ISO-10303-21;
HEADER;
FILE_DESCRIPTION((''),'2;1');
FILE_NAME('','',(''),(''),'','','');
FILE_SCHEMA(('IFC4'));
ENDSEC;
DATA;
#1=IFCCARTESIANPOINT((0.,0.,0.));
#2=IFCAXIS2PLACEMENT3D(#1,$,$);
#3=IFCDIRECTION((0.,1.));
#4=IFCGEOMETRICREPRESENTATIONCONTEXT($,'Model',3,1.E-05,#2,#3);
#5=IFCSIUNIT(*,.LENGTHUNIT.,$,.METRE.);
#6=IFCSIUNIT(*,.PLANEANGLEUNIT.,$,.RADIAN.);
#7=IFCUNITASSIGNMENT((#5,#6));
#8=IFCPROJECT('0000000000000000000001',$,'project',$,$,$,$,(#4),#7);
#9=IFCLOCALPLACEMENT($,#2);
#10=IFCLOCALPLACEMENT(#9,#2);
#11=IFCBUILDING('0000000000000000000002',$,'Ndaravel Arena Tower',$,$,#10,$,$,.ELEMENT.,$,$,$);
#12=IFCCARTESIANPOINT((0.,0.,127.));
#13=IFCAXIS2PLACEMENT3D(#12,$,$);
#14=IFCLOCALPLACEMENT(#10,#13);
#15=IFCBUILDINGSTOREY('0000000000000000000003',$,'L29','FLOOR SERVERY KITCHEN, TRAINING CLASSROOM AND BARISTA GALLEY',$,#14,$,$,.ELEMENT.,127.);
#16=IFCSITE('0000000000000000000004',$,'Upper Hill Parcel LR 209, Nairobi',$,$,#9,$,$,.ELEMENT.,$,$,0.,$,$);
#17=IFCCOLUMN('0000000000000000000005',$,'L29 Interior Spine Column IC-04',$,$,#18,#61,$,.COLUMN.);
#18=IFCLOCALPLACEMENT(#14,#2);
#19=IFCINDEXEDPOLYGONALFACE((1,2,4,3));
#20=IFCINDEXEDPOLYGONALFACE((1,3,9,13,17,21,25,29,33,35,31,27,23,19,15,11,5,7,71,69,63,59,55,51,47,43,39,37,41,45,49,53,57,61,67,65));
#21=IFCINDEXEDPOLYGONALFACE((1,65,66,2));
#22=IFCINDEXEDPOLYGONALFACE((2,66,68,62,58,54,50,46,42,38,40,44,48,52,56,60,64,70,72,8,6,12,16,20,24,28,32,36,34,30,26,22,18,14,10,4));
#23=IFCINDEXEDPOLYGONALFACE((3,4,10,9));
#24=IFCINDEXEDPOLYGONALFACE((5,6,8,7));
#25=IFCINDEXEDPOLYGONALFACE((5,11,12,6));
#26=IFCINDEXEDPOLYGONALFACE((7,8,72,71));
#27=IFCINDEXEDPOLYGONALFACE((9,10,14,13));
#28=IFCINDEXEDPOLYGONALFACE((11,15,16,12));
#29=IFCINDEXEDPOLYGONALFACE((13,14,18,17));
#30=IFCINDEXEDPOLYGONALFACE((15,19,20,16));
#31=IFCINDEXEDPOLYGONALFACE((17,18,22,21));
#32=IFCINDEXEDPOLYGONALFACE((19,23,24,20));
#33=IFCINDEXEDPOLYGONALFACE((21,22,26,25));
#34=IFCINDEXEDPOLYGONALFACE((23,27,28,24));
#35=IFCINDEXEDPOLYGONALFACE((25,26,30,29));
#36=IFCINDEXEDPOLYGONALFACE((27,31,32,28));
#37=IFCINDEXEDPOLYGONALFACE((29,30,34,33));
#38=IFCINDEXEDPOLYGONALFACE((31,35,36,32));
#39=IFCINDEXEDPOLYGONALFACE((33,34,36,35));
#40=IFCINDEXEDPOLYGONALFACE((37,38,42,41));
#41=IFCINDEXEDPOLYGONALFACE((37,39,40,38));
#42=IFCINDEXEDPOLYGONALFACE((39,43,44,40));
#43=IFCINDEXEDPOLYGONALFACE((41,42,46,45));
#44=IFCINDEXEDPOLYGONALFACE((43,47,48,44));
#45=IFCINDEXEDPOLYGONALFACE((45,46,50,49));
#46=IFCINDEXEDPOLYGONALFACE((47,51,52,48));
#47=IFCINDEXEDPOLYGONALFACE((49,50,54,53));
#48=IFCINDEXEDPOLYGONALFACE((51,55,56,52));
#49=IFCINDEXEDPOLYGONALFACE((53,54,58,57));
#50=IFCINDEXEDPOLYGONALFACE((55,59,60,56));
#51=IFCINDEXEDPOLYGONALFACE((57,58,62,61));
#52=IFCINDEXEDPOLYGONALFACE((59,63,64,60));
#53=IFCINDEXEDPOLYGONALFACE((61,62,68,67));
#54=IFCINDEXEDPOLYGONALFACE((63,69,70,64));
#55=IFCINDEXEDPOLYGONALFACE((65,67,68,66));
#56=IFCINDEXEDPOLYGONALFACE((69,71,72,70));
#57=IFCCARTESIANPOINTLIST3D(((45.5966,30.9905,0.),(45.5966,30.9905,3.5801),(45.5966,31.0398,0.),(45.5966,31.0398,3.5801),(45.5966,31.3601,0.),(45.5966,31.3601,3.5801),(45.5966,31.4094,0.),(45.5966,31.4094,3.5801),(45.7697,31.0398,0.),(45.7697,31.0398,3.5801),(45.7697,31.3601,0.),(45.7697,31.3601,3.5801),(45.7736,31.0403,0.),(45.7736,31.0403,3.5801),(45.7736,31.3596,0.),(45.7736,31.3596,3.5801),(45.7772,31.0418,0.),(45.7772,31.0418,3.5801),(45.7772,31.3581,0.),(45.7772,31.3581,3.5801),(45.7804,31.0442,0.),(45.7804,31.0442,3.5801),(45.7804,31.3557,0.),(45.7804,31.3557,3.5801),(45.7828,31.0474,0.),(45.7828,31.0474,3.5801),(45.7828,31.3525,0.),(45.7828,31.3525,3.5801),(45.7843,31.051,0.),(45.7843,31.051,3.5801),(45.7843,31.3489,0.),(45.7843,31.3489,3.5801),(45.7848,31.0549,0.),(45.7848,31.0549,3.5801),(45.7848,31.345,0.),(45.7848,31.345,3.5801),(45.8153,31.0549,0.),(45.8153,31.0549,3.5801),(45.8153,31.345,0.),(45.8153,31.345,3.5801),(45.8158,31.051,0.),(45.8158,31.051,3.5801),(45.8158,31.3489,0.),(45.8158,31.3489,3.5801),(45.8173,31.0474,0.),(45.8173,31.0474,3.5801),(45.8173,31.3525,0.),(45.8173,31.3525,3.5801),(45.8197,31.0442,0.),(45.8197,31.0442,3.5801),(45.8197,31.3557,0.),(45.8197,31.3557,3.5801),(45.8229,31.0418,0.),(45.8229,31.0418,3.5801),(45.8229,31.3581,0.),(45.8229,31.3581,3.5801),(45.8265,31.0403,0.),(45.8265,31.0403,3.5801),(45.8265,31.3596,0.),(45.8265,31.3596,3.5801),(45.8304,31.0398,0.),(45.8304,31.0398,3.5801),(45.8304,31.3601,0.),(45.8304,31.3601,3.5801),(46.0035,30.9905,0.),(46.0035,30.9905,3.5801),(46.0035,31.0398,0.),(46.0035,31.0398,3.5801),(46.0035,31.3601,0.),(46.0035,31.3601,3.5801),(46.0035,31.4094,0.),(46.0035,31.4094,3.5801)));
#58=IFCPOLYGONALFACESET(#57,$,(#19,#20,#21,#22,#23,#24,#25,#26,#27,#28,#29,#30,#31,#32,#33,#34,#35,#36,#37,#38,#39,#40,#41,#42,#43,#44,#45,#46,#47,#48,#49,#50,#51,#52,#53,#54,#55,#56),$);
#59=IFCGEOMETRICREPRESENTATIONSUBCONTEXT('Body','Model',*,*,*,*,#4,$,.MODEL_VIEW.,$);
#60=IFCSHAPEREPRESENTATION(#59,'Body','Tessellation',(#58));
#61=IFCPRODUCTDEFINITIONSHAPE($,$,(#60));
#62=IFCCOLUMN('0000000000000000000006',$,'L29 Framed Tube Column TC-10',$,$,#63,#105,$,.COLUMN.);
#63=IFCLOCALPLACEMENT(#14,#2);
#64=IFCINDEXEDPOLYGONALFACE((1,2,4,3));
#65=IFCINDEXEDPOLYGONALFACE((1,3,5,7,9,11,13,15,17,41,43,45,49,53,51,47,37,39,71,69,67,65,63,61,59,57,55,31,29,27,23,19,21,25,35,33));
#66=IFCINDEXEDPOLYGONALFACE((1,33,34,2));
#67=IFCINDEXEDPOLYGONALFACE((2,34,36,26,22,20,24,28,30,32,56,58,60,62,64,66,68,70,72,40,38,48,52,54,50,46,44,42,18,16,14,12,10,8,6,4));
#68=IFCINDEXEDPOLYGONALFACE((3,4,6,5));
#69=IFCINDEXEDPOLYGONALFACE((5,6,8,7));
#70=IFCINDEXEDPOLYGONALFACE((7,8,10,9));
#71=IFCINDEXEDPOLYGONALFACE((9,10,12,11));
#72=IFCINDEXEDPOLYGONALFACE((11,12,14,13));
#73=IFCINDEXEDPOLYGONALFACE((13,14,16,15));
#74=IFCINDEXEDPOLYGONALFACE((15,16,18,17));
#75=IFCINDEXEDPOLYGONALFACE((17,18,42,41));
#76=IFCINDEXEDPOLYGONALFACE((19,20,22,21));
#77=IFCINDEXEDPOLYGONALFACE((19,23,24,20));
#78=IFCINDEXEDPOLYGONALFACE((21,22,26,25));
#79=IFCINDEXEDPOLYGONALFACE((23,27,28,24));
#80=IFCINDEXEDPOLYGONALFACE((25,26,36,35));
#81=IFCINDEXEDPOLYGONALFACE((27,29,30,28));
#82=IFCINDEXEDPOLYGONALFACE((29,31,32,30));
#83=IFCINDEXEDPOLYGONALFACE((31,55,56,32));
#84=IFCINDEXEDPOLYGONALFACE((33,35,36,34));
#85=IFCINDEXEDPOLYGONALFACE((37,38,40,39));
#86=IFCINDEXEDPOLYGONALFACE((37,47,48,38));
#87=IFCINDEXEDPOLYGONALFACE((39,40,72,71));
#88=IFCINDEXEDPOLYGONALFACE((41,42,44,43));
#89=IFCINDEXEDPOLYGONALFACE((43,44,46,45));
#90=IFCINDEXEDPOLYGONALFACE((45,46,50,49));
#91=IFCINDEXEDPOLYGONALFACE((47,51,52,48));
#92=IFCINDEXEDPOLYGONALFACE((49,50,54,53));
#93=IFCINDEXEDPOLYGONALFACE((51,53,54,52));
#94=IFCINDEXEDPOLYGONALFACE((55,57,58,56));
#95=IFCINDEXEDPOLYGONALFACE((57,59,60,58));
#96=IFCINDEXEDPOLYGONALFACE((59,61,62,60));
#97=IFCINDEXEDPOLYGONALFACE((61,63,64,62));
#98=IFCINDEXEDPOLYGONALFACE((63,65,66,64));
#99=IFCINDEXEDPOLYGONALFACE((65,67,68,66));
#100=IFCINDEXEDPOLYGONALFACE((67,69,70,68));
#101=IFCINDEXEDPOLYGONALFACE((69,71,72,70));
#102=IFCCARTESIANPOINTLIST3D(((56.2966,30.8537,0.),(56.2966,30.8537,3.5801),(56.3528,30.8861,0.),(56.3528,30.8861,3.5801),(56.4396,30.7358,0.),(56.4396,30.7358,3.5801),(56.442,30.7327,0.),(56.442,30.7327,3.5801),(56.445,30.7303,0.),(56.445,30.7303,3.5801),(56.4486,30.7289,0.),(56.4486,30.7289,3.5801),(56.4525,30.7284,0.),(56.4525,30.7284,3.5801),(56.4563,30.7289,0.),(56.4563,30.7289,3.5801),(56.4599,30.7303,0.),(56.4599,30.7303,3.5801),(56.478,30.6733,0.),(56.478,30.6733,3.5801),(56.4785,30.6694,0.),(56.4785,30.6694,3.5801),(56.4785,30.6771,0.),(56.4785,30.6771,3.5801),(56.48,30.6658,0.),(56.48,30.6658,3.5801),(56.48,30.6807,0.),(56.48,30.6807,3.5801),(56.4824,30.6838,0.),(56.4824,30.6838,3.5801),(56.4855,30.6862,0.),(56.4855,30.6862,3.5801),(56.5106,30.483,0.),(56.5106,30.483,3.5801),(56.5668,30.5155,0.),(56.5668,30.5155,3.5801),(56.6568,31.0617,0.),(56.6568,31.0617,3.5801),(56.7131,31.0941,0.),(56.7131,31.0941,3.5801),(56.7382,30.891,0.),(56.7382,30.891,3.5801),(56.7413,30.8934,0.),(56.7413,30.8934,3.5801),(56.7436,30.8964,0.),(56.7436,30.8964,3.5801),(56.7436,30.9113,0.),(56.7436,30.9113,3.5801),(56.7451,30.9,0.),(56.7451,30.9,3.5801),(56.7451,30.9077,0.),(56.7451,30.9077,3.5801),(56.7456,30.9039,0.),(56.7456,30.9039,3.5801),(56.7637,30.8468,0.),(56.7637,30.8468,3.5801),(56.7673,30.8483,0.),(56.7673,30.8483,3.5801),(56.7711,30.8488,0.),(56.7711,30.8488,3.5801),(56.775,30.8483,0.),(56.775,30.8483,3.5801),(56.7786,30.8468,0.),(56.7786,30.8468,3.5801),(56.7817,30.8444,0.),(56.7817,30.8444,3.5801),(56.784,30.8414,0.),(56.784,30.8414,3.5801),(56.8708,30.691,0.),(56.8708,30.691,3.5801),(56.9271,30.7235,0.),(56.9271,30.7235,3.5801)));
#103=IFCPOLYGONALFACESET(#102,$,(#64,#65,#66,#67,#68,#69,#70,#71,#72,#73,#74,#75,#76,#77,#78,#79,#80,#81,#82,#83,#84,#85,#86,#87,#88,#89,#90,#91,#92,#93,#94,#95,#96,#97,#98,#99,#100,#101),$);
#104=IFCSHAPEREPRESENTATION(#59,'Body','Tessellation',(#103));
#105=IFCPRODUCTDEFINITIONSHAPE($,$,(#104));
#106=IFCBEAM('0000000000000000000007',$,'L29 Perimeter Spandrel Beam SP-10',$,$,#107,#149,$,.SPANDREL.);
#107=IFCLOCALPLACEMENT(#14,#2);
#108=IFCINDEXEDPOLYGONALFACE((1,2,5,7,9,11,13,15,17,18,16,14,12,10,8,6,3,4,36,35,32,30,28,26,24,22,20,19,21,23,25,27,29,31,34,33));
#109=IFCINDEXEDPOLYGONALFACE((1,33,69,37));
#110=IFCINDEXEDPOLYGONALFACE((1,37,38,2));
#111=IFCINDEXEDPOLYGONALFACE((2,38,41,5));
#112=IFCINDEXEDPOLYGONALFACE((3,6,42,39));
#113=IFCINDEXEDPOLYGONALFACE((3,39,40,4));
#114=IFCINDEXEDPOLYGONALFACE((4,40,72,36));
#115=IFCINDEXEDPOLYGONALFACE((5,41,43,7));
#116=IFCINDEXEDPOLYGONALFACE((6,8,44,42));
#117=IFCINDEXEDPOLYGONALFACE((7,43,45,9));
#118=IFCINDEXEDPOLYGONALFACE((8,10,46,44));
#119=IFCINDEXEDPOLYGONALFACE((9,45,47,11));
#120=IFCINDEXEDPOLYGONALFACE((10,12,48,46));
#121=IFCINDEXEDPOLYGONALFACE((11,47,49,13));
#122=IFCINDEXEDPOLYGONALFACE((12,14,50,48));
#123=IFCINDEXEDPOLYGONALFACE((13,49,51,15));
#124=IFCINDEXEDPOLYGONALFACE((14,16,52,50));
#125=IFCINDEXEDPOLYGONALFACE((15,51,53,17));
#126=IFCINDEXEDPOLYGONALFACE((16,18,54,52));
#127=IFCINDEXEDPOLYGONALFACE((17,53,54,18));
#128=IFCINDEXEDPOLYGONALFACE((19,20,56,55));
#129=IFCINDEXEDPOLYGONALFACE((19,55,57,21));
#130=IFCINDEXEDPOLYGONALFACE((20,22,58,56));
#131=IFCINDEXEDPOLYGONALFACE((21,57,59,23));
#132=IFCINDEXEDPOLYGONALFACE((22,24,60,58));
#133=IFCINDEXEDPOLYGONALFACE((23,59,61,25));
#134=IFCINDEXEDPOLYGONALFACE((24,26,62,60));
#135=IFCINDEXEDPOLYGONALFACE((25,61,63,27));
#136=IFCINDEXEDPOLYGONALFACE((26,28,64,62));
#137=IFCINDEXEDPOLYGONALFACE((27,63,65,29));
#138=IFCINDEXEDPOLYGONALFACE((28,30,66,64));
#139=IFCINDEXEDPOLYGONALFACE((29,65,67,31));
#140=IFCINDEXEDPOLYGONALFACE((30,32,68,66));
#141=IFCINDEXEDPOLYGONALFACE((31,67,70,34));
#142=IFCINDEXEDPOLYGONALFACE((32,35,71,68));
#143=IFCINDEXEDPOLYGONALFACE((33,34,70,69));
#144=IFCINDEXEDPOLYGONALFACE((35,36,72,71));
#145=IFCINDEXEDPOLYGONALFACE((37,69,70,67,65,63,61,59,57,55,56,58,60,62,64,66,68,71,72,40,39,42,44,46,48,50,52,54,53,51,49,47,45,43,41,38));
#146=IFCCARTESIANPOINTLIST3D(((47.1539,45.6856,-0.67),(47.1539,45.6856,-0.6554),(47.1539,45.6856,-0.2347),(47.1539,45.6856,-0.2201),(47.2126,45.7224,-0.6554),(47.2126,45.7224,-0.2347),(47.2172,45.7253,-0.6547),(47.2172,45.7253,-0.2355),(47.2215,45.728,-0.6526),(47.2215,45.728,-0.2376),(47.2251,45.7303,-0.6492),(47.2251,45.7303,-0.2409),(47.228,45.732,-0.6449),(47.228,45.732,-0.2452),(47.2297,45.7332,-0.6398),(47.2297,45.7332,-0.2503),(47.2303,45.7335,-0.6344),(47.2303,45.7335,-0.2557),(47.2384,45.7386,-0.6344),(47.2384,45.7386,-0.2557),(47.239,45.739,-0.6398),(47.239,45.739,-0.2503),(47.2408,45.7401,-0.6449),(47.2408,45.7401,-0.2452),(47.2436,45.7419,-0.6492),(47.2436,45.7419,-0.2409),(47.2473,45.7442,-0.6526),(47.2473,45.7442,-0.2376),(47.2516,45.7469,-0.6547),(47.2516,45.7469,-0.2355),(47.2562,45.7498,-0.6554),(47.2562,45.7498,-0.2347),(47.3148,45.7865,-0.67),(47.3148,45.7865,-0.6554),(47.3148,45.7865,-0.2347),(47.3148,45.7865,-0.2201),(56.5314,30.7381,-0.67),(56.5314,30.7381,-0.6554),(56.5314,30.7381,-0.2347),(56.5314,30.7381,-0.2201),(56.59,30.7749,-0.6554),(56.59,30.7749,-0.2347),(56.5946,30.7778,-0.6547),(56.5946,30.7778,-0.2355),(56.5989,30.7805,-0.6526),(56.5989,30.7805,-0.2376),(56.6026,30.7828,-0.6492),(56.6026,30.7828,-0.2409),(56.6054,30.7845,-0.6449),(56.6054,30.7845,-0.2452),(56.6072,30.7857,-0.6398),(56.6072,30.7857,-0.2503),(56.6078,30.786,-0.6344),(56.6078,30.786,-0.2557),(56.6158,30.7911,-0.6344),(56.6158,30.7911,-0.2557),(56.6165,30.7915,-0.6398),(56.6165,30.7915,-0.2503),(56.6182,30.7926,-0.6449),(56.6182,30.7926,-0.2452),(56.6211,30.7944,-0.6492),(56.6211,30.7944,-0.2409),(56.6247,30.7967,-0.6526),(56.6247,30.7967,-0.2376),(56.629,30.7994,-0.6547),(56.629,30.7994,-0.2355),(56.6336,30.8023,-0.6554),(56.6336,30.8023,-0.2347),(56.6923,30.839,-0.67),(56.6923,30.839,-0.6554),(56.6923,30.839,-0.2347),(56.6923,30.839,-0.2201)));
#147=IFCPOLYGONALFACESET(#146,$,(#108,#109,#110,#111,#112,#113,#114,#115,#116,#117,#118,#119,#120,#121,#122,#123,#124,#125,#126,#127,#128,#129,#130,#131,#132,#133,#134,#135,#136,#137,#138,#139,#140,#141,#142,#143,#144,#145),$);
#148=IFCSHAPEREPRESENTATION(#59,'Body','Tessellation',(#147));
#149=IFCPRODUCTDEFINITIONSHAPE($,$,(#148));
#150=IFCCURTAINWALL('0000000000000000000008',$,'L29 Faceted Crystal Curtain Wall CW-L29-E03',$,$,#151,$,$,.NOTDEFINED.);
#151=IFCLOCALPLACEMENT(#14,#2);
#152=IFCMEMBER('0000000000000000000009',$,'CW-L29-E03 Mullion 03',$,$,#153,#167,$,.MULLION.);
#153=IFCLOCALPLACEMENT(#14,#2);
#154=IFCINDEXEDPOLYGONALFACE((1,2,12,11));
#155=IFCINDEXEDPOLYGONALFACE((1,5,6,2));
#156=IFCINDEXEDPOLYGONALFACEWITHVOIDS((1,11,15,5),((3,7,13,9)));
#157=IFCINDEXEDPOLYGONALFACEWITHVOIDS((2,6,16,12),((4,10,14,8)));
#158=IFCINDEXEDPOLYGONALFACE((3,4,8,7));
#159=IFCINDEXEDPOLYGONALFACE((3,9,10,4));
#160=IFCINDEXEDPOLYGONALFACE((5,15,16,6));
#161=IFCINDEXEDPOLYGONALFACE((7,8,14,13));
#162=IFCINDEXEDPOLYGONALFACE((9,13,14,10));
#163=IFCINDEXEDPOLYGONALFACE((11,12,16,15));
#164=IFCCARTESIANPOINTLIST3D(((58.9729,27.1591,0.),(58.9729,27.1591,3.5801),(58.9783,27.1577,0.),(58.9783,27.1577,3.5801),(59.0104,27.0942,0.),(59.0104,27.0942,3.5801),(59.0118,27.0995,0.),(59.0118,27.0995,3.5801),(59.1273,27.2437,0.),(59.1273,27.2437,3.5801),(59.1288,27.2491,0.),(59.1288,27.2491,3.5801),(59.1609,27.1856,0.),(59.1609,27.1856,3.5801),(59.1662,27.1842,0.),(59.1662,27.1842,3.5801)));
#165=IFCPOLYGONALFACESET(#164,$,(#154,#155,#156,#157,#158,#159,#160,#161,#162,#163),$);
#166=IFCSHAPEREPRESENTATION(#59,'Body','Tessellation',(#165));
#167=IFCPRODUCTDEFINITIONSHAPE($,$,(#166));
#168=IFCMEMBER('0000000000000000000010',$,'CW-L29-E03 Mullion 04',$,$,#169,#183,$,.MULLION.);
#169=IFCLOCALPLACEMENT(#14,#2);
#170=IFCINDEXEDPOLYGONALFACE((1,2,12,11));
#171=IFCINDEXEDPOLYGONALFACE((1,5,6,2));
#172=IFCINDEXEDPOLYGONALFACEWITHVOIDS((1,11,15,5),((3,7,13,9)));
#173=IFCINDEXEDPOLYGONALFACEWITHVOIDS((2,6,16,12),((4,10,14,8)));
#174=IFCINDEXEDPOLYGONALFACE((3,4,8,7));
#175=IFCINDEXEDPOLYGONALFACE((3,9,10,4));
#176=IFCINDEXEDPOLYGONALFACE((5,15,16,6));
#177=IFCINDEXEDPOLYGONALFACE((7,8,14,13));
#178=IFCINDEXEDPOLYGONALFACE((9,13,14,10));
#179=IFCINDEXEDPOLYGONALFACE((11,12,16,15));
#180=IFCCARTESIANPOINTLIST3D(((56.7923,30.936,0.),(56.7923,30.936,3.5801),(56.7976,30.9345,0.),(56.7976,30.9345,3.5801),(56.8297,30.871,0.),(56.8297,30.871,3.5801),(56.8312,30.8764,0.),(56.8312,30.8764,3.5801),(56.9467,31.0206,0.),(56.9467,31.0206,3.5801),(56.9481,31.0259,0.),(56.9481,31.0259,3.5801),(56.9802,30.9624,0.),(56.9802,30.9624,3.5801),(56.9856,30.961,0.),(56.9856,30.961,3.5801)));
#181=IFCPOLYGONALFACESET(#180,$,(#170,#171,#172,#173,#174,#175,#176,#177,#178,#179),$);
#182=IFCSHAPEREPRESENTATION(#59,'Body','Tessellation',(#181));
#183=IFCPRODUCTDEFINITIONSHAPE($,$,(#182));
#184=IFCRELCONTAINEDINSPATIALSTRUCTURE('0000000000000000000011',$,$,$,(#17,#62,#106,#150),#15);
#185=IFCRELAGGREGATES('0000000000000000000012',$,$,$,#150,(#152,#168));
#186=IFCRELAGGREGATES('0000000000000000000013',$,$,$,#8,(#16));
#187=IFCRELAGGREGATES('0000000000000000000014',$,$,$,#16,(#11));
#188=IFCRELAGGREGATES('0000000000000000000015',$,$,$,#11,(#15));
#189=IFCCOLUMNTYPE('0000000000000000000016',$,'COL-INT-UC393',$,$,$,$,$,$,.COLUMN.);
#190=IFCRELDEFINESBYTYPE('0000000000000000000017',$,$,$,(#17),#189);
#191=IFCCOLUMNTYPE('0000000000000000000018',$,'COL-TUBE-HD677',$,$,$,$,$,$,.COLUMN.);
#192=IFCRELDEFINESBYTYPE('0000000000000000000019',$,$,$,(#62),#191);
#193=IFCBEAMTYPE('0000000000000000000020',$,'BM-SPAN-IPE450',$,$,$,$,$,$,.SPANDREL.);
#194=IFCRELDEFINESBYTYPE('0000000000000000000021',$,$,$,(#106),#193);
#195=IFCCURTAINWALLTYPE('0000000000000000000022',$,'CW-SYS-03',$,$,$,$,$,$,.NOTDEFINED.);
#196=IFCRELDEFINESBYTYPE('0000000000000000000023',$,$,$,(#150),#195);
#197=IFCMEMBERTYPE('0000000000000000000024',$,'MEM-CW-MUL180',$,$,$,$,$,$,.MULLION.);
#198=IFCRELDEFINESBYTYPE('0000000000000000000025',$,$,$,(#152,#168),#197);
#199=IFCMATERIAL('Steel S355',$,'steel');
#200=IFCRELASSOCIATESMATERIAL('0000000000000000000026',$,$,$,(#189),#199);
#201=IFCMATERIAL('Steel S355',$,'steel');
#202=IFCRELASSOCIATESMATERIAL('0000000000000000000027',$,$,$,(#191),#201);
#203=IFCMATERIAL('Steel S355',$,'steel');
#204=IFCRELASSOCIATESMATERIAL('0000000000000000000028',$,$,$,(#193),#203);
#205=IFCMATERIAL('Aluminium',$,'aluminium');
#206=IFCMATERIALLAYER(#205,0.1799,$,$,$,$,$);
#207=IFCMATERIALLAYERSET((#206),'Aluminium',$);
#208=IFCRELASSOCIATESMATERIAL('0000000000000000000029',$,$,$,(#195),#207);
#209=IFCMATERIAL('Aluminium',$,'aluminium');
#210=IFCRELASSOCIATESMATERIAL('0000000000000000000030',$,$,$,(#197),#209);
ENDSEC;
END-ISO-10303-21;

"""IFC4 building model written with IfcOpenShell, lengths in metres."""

from ifc_helpers import new_model, si_unit, direction, frame, origin, origin_2d, place, context, subcontext, project, spatial, hollow_rectangle, i_section, extrude, material, layer, layer_set, material_profile, profile_set, type_object, element, aggregate, save


model = new_model("IFC4")

# Units and contexts
model_context = context("Model", 3, precision=1e-05, world=origin(), true_north=direction((0.0, 1.0)))
body_context = subcontext(model_context, "Body", "Model", "MODEL_VIEW")
ifc_project = project(units=[si_unit("LENGTHUNIT", "METRE"), si_unit("PLANEANGLEUNIT", "RADIAN")], contexts=[model_context])

# Site, building, storey
site_placement = place(None, origin())
site = spatial("IfcSite", under=ifc_project, at=site_placement, Name="Upper Hill Parcel LR 209, Nairobi", CompositionType="ELEMENT", RefElevation=0.0)
building_placement = place(site_placement, origin())
building = spatial("IfcBuilding", under=site, at=building_placement, Name="Ndaravel Arena Tower", CompositionType="ELEMENT")
storey_placement = place(building_placement, frame((0.0, 0.0, 127.0)))
storey = spatial("IfcBuildingStorey", under=building, at=storey_placement, Name="L29", Description="FLOOR SERVERY KITCHEN, TRAINING CLASSROOM AND BARISTA GALLEY", CompositionType="ELEMENT", Elevation=127.0)

# Columns
ifc_material_1 = material(Name="Steel S355", Category="steel")
ifc_material_profile_1 = material_profile(ifc_material_1, i_section(OverallWidth=0.407, OverallDepth=0.4189, WebThickness=0.0305, FlangeThickness=0.0493, FilletRadius=0.0151, at=origin_2d()), Name="UC 356x406x393")
ifc_profile_set_1 = profile_set([ifc_material_profile_1], Name="Steel S355")
column_type_1 = type_object("IfcColumnType", Name="COL-INT-UC393", PredefinedType="COLUMN", material=ifc_profile_set_1)
column_1_placement = place(storey_placement, frame((45.8, 31.2, 0.0), z_axis=(0.0, 0.0, 1.0), x_axis=(1.0, 0.0, 0.0)))
element("IfcColumn", 1, at=column_1_placement, inside=storey, type_object=column_type_1, Name="L29 Interior Spine Column IC-04", PredefinedType="COLUMN", context=body_context, shape_type="SweptSolid", body=[
    extrude(i_section(OverallWidth=0.407, OverallDepth=0.4189, WebThickness=0.0305, FlangeThickness=0.0493, FilletRadius=0.0151, at=origin_2d()), origin(), (0.0, 0.0, 1.0), 3.5801),
])
ifc_material_2 = material(Name="Steel S355", Category="steel")
ifc_material_profile_2 = material_profile(ifc_material_2, i_section(OverallWidth=0.428, OverallDepth=0.481, WebThickness=0.051, FlangeThickness=0.0649, FilletRadius=0.0149, at=origin_2d()), Name="HD 400x677")
ifc_profile_set_2 = profile_set([ifc_material_profile_2], Name="Steel S355")
column_type_2 = type_object("IfcColumnType", Name="COL-TUBE-HD677", PredefinedType="COLUMN", material=ifc_profile_set_2)
column_2_placement = place(storey_placement, frame((56.6118, 30.7886, 0.0), z_axis=(0.0, 0.0, 1.0), x_axis=(-0.5, 0.866025, 0.0)))
element("IfcColumn", 2, at=column_2_placement, inside=storey, type_object=column_type_2, Name="L29 Framed Tube Column TC-10", PredefinedType="COLUMN", context=body_context, shape_type="SweptSolid", body=[
    extrude(i_section(OverallWidth=0.428, OverallDepth=0.481, WebThickness=0.051, FlangeThickness=0.0649, FilletRadius=0.0149, at=origin_2d()), origin(), (0.0, 0.0, 1.0), 3.5801),
])

# Beam
ifc_material_3 = material(Name="Steel S355", Category="steel")
ifc_material_profile_3 = material_profile(ifc_material_3, i_section(OverallWidth=0.1899, OverallDepth=0.45, WebThickness=0.0095, FlangeThickness=0.0146, FilletRadius=0.021, at=origin_2d()), Name="IPE 450")
ifc_profile_set_3 = profile_set([ifc_material_profile_3], Name="Steel S355")
beam_type = type_object("IfcBeamType", Name="BM-SPAN-IPE450", PredefinedType="SPANDREL", material=ifc_profile_set_3)
beam_placement = place(storey_placement, frame((56.6118, 30.7886, -0.4451), z_axis=(-0.531435, 0.847099, 0.0), x_axis=(-0.847099, -0.531435, 0.0)))
element("IfcBeam", 3, at=beam_placement, inside=storey, type_object=beam_type, Name="L29 Perimeter Spandrel Beam SP-10", PredefinedType="SPANDREL", context=body_context, shape_type="SweptSolid", body=[
    extrude(i_section(OverallWidth=0.1899, OverallDepth=0.45, WebThickness=0.0095, FlangeThickness=0.0146, FilletRadius=0.021, at=origin_2d()), origin(), (0.0, 0.0, 1.0), 17.6455),
])

# Curtain wall, members
ifc_material_4 = material(Name="Aluminium", Category="aluminium")
ifc_layer_1 = layer(ifc_material_4, 0.1799)
ifc_layer_set_1 = layer_set([ifc_layer_1], Name="Aluminium")
curtain_wall_type = type_object("IfcCurtainWallType", Name="CW-SYS-03", PredefinedType="NOTDEFINED", material=ifc_layer_set_1)
curtain_wall_placement = place(storey_placement, origin())
curtain_wall = element("IfcCurtainWall", 4, at=curtain_wall_placement, inside=storey, type_object=curtain_wall_type, Name="L29 Faceted Crystal Curtain Wall CW-L29-E03", PredefinedType="NOTDEFINED")
ifc_material_5 = material(Name="Aluminium", Category="aluminium")
ifc_material_profile_4 = material_profile(ifc_material_5, hollow_rectangle(XDim=0.075, YDim=0.1799, WallThickness=0.0039, at=origin_2d()), Name="CW MULLION 75x180x4")
ifc_profile_set_4 = profile_set([ifc_material_profile_4], Name="Aluminium")
member_type = type_object("IfcMemberType", Name="MEM-CW-MUL180", PredefinedType="MULLION", material=ifc_profile_set_4)
member_1_placement = place(storey_placement, frame((59.0696, 27.1716, 0.0), z_axis=(0.0, 0.0, 1.0), x_axis=(-0.5, 0.866025, 0.0)))
member_1 = element("IfcMember", 5, at=member_1_placement, type_object=member_type, Name="CW-L29-E03 Mullion 03", PredefinedType="MULLION", context=body_context, shape_type="SweptSolid", body=[
    extrude(hollow_rectangle(XDim=0.075, YDim=0.1799, WallThickness=0.0039, at=origin_2d()), origin(), (0.0, 0.0, 1.0), 3.5801),
])
member_2_placement = place(storey_placement, frame((56.8889, 30.9485, 0.0), z_axis=(0.0, 0.0, 1.0), x_axis=(-0.5, 0.866025, 0.0)))
member_2 = element("IfcMember", 6, at=member_2_placement, type_object=member_type, Name="CW-L29-E03 Mullion 04", PredefinedType="MULLION", context=body_context, shape_type="SweptSolid", body=[
    extrude(hollow_rectangle(XDim=0.075, YDim=0.1799, WallThickness=0.0039, at=origin_2d()), origin(), (0.0, 0.0, 1.0), 3.5801),
])
aggregate(curtain_wall, [member_1, member_2])

save(model, "model.ifc")
